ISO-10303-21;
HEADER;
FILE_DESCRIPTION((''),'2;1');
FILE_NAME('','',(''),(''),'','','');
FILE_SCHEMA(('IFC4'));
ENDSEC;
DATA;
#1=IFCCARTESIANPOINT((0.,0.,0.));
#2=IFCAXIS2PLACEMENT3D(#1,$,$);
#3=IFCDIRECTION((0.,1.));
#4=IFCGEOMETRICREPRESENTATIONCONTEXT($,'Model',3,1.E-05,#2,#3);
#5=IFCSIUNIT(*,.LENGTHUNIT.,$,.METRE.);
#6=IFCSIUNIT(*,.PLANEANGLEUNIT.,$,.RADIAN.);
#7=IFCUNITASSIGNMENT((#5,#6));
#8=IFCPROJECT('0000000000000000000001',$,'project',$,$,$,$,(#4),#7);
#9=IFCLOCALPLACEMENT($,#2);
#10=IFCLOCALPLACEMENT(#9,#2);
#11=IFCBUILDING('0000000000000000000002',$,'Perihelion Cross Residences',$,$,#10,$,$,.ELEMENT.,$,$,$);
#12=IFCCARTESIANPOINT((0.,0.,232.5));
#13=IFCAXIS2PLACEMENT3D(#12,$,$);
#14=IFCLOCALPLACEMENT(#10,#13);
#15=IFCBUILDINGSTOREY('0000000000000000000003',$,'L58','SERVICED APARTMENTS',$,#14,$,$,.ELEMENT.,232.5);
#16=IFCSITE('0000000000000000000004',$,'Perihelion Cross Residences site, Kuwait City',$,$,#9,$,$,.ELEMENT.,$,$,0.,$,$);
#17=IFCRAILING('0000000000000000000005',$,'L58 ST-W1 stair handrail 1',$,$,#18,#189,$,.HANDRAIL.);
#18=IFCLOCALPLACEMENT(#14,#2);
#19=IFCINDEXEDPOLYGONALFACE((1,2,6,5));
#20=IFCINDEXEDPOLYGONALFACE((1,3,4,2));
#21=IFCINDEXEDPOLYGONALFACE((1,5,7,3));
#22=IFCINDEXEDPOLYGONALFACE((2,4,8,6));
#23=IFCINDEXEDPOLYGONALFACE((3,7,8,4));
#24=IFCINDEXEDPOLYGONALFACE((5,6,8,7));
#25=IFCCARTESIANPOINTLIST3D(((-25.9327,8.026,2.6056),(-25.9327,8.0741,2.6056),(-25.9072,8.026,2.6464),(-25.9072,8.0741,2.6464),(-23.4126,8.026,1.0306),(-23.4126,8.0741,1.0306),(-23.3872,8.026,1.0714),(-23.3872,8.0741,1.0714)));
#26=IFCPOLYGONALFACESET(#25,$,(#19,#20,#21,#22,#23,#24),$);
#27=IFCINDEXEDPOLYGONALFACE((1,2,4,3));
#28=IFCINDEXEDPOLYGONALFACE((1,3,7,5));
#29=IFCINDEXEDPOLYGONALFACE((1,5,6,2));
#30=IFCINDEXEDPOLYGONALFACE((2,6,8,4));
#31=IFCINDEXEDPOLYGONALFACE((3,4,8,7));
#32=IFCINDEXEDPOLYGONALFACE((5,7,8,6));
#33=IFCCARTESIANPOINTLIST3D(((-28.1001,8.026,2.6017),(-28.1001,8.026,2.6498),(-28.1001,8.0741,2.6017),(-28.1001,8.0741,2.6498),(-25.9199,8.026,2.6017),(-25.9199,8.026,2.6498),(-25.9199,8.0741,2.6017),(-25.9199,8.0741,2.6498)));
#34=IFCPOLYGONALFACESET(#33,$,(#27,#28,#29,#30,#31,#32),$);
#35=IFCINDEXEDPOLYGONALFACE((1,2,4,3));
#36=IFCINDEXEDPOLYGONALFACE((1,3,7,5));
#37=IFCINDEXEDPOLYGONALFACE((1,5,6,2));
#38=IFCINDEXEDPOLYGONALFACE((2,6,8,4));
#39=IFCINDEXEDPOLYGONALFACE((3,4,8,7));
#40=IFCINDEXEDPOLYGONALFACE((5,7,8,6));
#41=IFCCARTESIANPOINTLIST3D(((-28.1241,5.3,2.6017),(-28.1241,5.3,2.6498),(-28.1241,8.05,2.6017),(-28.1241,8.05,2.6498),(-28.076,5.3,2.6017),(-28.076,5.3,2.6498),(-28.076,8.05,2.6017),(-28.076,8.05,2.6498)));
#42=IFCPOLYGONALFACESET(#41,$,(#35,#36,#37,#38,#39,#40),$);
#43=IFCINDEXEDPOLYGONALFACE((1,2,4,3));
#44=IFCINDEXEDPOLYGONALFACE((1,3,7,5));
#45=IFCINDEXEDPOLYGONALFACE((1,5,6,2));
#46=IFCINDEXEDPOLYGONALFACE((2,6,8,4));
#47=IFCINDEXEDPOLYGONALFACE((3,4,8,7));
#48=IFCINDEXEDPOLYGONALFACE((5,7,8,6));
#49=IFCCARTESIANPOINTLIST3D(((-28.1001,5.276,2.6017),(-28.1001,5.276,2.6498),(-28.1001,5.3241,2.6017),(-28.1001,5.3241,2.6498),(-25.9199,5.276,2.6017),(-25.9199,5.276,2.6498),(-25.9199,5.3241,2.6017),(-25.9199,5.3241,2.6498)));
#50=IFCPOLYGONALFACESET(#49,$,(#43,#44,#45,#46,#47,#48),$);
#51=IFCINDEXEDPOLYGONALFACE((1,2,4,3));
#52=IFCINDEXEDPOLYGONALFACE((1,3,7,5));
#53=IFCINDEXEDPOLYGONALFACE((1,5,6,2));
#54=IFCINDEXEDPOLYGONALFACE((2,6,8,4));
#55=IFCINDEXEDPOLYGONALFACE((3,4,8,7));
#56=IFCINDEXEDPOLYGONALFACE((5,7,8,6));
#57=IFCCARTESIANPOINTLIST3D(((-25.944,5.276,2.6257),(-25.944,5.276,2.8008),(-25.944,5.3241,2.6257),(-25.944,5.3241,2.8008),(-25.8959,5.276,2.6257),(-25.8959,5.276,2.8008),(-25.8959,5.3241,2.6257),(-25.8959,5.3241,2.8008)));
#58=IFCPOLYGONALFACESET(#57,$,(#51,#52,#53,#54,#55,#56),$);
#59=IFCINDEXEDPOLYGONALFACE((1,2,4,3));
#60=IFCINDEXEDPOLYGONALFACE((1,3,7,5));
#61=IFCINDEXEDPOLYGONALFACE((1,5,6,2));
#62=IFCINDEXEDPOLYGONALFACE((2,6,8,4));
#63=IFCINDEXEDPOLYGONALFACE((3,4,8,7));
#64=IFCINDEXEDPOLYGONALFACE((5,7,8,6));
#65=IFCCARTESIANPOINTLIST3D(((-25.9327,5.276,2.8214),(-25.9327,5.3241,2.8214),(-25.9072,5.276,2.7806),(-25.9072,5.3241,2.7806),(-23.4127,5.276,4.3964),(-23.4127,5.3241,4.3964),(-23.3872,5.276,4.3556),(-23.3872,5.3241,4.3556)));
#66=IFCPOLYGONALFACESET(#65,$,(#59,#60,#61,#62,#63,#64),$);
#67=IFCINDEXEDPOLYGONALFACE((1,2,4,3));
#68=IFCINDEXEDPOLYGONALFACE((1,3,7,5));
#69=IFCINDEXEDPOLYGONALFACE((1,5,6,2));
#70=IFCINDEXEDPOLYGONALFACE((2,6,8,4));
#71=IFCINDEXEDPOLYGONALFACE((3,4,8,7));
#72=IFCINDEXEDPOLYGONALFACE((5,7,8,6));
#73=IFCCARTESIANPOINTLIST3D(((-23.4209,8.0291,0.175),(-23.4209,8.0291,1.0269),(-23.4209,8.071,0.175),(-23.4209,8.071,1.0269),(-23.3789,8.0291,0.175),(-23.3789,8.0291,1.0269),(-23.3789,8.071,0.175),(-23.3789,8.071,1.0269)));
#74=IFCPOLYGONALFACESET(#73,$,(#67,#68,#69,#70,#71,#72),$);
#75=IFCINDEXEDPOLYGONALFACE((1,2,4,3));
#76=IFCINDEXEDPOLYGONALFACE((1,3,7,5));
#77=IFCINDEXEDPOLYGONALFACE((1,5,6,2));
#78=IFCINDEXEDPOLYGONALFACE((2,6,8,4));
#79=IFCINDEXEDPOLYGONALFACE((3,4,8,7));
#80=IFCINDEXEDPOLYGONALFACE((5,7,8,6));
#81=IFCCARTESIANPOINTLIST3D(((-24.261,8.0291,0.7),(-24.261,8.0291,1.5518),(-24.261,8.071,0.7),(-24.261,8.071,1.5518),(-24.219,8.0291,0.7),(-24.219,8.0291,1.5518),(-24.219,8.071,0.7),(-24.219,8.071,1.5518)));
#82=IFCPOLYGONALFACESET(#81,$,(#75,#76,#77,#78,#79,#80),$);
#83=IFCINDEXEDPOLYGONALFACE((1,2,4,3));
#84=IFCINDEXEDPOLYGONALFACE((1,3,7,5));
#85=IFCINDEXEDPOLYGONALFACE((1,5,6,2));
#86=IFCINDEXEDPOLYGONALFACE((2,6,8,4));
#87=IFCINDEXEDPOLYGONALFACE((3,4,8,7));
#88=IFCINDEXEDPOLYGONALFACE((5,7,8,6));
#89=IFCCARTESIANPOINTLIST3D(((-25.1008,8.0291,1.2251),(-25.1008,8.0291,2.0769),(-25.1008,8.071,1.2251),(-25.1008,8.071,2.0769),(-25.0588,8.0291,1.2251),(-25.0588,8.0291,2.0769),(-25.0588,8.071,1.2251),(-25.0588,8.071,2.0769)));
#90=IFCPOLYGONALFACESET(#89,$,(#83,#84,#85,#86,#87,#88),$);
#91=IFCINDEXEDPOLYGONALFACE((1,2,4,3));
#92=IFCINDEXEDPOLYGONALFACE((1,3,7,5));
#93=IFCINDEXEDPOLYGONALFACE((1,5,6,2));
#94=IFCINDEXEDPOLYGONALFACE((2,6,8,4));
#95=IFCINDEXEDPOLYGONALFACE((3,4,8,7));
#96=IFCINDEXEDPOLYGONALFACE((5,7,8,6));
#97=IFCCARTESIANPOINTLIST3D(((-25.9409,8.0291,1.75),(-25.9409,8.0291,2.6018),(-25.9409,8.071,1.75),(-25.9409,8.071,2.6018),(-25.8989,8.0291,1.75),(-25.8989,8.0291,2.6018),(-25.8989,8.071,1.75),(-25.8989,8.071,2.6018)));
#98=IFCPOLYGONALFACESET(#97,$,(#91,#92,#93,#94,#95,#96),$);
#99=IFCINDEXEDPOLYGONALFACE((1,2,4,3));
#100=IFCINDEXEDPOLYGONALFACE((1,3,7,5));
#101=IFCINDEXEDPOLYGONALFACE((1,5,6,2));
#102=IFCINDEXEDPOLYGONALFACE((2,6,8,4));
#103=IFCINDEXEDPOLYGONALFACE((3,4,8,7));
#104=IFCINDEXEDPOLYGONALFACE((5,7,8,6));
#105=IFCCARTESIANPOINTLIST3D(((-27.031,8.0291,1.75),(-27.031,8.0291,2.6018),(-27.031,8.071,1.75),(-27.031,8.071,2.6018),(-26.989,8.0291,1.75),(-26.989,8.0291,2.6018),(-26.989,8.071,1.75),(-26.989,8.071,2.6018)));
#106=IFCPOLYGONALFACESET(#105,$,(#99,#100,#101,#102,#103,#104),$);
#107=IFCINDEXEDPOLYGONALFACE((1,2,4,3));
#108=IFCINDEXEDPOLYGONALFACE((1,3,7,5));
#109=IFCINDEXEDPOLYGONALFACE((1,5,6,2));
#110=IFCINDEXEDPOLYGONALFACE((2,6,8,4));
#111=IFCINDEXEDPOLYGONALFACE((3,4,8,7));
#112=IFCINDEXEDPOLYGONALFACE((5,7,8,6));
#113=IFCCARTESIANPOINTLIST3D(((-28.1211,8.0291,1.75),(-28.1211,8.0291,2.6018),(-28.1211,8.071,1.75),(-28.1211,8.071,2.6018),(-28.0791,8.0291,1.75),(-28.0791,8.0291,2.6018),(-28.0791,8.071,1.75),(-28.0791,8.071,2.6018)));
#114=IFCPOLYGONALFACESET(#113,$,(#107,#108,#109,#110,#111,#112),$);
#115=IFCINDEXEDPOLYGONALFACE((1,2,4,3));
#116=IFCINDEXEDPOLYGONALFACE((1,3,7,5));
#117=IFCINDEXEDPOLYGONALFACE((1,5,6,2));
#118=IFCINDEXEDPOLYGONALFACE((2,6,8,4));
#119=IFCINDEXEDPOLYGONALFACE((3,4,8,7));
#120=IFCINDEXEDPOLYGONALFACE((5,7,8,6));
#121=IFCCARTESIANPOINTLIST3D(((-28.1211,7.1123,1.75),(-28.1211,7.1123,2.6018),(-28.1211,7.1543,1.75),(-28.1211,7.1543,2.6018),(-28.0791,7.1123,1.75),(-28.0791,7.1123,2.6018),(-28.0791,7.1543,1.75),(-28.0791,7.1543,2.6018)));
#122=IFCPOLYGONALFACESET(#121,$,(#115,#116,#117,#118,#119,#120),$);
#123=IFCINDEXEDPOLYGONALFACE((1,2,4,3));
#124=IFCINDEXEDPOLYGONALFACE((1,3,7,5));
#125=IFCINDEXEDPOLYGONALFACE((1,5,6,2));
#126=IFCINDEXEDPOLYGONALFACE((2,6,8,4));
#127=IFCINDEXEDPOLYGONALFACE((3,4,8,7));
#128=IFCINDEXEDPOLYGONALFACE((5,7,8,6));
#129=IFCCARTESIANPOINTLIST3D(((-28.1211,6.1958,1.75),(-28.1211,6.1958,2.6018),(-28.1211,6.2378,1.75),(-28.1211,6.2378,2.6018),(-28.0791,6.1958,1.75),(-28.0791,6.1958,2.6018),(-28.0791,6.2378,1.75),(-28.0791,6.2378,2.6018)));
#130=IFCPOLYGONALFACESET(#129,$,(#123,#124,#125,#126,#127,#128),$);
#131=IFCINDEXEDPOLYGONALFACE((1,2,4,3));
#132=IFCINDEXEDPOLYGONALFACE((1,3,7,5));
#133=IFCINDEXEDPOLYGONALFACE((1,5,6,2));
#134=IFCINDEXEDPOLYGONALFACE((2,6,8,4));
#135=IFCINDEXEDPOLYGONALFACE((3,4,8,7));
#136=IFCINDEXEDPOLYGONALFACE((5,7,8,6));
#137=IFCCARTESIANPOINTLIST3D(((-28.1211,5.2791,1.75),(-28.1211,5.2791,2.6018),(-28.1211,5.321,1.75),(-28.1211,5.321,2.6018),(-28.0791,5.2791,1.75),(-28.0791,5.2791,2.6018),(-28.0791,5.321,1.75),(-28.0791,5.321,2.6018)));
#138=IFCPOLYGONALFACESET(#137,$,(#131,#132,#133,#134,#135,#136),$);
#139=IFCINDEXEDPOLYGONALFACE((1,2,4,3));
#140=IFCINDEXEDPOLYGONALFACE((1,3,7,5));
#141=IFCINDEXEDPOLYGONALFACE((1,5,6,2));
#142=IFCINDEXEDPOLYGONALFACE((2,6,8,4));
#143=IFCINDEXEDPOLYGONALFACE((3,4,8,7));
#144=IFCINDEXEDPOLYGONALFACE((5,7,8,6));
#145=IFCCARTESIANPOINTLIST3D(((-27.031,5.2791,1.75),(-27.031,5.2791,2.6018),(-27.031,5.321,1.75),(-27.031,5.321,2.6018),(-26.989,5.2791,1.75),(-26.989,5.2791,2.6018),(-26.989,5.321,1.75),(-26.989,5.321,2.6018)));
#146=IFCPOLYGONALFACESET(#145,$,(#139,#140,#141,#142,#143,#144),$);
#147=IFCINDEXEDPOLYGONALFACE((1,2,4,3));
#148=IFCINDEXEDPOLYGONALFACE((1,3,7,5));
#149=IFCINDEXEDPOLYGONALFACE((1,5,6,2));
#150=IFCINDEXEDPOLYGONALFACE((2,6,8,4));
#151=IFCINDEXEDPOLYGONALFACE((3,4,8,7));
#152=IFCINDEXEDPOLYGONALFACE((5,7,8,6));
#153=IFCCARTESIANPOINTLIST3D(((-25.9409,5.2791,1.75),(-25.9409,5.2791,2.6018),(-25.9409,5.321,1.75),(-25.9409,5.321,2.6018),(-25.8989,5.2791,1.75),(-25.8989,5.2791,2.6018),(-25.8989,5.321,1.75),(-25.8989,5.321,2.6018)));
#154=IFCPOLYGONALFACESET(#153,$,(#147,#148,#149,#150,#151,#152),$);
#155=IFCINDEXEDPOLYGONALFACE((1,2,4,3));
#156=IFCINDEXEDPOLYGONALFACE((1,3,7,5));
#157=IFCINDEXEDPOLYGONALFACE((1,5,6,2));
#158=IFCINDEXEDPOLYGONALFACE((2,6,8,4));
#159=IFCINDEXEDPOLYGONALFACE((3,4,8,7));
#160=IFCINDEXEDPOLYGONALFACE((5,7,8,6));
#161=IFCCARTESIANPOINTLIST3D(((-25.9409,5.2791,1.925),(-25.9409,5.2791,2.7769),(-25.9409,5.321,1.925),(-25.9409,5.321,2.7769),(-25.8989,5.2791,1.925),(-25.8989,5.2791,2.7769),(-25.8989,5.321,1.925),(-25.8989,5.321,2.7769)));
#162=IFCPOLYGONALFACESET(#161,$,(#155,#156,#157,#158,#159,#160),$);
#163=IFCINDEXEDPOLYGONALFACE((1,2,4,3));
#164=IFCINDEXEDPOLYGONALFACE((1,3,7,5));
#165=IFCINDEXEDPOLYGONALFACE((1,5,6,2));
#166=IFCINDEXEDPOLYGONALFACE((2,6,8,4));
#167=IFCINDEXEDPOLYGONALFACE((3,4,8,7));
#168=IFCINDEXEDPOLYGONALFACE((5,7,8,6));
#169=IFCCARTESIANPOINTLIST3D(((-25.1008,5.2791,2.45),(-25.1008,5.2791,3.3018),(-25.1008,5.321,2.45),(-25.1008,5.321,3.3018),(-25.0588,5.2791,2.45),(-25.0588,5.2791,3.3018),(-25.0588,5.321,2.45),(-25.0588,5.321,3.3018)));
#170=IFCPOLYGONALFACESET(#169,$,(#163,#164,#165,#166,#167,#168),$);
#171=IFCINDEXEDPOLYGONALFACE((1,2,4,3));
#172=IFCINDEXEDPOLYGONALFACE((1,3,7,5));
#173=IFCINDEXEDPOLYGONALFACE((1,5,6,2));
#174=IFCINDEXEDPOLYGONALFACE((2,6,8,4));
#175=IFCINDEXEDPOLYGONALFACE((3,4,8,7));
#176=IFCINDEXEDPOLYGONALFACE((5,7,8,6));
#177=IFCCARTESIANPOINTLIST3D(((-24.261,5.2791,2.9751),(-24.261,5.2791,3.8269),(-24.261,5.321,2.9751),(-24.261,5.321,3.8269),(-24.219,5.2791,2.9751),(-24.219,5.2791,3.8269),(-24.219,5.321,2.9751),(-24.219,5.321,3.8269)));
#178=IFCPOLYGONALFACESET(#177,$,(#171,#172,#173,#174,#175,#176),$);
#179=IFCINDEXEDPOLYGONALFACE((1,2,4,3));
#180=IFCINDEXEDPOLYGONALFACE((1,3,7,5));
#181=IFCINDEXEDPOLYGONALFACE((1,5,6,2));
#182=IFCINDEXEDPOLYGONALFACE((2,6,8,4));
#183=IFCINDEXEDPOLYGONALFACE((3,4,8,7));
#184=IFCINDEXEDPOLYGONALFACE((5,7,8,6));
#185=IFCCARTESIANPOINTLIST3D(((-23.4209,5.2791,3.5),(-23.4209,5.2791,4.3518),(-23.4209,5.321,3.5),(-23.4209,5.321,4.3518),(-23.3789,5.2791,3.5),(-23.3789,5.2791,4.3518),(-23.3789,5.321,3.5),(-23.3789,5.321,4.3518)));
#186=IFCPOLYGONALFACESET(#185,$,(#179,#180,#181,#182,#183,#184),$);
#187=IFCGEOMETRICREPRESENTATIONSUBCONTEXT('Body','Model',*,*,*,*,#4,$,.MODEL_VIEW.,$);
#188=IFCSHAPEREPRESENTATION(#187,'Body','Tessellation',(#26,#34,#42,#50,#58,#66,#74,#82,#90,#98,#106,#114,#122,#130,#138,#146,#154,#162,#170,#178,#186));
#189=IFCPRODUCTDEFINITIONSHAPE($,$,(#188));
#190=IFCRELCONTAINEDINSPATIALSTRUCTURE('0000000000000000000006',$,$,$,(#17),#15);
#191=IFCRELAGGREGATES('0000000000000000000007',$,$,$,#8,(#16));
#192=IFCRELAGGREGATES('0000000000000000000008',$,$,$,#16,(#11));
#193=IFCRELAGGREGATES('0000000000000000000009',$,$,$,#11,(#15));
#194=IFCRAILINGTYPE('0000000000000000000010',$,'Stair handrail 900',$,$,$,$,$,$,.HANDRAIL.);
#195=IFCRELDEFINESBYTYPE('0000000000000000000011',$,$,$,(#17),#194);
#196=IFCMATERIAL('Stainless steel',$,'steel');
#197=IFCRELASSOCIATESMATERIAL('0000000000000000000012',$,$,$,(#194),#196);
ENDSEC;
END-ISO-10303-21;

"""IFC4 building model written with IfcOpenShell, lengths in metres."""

from ifc_helpers import new_model, si_unit, direction, frame, origin, origin_2d, place, context, subcontext, project, spatial, rectangle, extrude, material, type_object, element, save


model = new_model("IFC4")

# Units and contexts
model_context = context("Model", 3, precision=1e-05, world=origin(), true_north=direction((0.0, 1.0)))
body_context = subcontext(model_context, "Body", "Model", "MODEL_VIEW")
ifc_project = project(units=[si_unit("LENGTHUNIT", "METRE"), si_unit("PLANEANGLEUNIT", "RADIAN")], contexts=[model_context])

# Site, building, storey
site_placement = place(None, origin())
site = spatial("IfcSite", under=ifc_project, at=site_placement, Name="Perihelion Cross Residences site, Kuwait City", CompositionType="ELEMENT", RefElevation=0.0)
building_placement = place(site_placement, origin())
building = spatial("IfcBuilding", under=site, at=building_placement, Name="Perihelion Cross Residences", CompositionType="ELEMENT")
storey_placement = place(building_placement, frame((0.0, 0.0, 232.5)))
storey = spatial("IfcBuildingStorey", under=building, at=storey_placement, Name="L58", Description="SERVICED APARTMENTS", CompositionType="ELEMENT", Elevation=232.5)

# Railing
ifc_material_1 = material(Name="Stainless steel", Category="steel")
railing_type_1 = type_object("IfcRailingType", Name="Stair handrail 900", PredefinedType="HANDRAIL", material=ifc_material_1)
railing_1_placement = place(storey_placement, frame((-23.3999, 8.05, 0.175)))
element("IfcRailing", 1, at=railing_1_placement, inside=storey, type_object=railing_type_1, Name="L58 ST-W1 stair handrail 1", PredefinedType="HANDRAIL", context=body_context, shape_type="SweptSolid", body=[
    extrude(rectangle(XDim=0.0481, YDim=0.0481, at=origin_2d()), frame((0.0, 0.0, 0.876), z_axis=(-0.848008, 0.0, 0.529984), x_axis=(0.0, -1.0, 0.0)), (0.0, 0.0, 1.0), 2.9717),
    extrude(rectangle(XDim=0.0481, YDim=0.0481, at=origin_2d()), frame((-2.52, 0.0, 2.4507), z_axis=(-1.0, 0.0, 0.0), x_axis=(0.0, -1.0, 0.0)), (0.0, 0.0, 1.0), 2.1802),
    extrude(rectangle(XDim=0.0481, YDim=0.0481, at=origin_2d()), frame((-4.7002, 0.0, 2.4507), z_axis=(0.0, -1.0, 0.0), x_axis=(1.0, 0.0, 0.0)), (0.0, 0.0, 1.0), 2.75),
    extrude(rectangle(XDim=0.0481, YDim=0.0481, at=origin_2d()), frame((-4.7002, -2.75, 2.4507), z_axis=(1.0, 0.0, 0.0), x_axis=(0.0, 1.0, 0.0)), (0.0, 0.0, 1.0), 2.1802),
    extrude(rectangle(XDim=0.0481, YDim=0.0481, at=origin_2d()), frame((-2.52, -2.75, 2.4507), z_axis=(0.0, 0.0, 1.0), x_axis=(1.0, 0.0, 0.0)), (0.0, 0.0, 1.0), 0.175),
    extrude(rectangle(XDim=0.0481, YDim=0.0481, at=origin_2d()), frame((-2.52, -2.75, 2.626), z_axis=(0.848008, 0.0, 0.529984), x_axis=(0.0, 1.0, 0.0)), (0.0, 0.0, 1.0), 2.9717),
    extrude(rectangle(XDim=0.042, YDim=0.042, at=origin_2d()), origin(), (0.0, 0.0, 1.0), 0.8518),
    extrude(rectangle(XDim=0.042, YDim=0.042, at=origin_2d()), frame((-0.8401, 0.0, 0.5249)), (0.0, 0.0, 1.0), 0.8518),
    extrude(rectangle(XDim=0.042, YDim=0.042, at=origin_2d()), frame((-1.6799, 0.0, 1.05)), (0.0, 0.0, 1.0), 0.8518),
    extrude(rectangle(XDim=0.042, YDim=0.042, at=origin_2d()), frame((-2.52, 0.0, 1.575)), (0.0, 0.0, 1.0), 0.8518),
    extrude(rectangle(XDim=0.042, YDim=0.042, at=origin_2d()), frame((-3.6101, 0.0, 1.575)), (0.0, 0.0, 1.0), 0.8518),
    extrude(rectangle(XDim=0.042, YDim=0.042, at=origin_2d()), frame((-4.7002, 0.0, 1.575)), (0.0, 0.0, 1.0), 0.8518),
    extrude(rectangle(XDim=0.042, YDim=0.042, at=origin_2d()), frame((-4.7002, -0.9167, 1.575)), (0.0, 0.0, 1.0), 0.8518),
    extrude(rectangle(XDim=0.042, YDim=0.042, at=origin_2d()), frame((-4.7002, -1.8333, 1.575)), (0.0, 0.0, 1.0), 0.8518),
    extrude(rectangle(XDim=0.042, YDim=0.042, at=origin_2d()), frame((-4.7002, -2.75, 1.575)), (0.0, 0.0, 1.0), 0.8518),
    extrude(rectangle(XDim=0.042, YDim=0.042, at=origin_2d()), frame((-3.6101, -2.75, 1.575)), (0.0, 0.0, 1.0), 0.8518),
    extrude(rectangle(XDim=0.042, YDim=0.042, at=origin_2d()), frame((-2.52, -2.75, 1.575)), (0.0, 0.0, 1.0), 0.8518),
    extrude(rectangle(XDim=0.042, YDim=0.042, at=origin_2d()), frame((-2.52, -2.75, 1.75)), (0.0, 0.0, 1.0), 0.8518),
    extrude(rectangle(XDim=0.042, YDim=0.042, at=origin_2d()), frame((-1.6799, -2.75, 2.2749)), (0.0, 0.0, 1.0), 0.8518),
    extrude(rectangle(XDim=0.042, YDim=0.042, at=origin_2d()), frame((-0.8401, -2.75, 2.8)), (0.0, 0.0, 1.0), 0.8518),
    extrude(rectangle(XDim=0.042, YDim=0.042, at=origin_2d()), frame((0.0, -2.75, 3.325)), (0.0, 0.0, 1.0), 0.8518),
])

save(model, "model.ifc")
